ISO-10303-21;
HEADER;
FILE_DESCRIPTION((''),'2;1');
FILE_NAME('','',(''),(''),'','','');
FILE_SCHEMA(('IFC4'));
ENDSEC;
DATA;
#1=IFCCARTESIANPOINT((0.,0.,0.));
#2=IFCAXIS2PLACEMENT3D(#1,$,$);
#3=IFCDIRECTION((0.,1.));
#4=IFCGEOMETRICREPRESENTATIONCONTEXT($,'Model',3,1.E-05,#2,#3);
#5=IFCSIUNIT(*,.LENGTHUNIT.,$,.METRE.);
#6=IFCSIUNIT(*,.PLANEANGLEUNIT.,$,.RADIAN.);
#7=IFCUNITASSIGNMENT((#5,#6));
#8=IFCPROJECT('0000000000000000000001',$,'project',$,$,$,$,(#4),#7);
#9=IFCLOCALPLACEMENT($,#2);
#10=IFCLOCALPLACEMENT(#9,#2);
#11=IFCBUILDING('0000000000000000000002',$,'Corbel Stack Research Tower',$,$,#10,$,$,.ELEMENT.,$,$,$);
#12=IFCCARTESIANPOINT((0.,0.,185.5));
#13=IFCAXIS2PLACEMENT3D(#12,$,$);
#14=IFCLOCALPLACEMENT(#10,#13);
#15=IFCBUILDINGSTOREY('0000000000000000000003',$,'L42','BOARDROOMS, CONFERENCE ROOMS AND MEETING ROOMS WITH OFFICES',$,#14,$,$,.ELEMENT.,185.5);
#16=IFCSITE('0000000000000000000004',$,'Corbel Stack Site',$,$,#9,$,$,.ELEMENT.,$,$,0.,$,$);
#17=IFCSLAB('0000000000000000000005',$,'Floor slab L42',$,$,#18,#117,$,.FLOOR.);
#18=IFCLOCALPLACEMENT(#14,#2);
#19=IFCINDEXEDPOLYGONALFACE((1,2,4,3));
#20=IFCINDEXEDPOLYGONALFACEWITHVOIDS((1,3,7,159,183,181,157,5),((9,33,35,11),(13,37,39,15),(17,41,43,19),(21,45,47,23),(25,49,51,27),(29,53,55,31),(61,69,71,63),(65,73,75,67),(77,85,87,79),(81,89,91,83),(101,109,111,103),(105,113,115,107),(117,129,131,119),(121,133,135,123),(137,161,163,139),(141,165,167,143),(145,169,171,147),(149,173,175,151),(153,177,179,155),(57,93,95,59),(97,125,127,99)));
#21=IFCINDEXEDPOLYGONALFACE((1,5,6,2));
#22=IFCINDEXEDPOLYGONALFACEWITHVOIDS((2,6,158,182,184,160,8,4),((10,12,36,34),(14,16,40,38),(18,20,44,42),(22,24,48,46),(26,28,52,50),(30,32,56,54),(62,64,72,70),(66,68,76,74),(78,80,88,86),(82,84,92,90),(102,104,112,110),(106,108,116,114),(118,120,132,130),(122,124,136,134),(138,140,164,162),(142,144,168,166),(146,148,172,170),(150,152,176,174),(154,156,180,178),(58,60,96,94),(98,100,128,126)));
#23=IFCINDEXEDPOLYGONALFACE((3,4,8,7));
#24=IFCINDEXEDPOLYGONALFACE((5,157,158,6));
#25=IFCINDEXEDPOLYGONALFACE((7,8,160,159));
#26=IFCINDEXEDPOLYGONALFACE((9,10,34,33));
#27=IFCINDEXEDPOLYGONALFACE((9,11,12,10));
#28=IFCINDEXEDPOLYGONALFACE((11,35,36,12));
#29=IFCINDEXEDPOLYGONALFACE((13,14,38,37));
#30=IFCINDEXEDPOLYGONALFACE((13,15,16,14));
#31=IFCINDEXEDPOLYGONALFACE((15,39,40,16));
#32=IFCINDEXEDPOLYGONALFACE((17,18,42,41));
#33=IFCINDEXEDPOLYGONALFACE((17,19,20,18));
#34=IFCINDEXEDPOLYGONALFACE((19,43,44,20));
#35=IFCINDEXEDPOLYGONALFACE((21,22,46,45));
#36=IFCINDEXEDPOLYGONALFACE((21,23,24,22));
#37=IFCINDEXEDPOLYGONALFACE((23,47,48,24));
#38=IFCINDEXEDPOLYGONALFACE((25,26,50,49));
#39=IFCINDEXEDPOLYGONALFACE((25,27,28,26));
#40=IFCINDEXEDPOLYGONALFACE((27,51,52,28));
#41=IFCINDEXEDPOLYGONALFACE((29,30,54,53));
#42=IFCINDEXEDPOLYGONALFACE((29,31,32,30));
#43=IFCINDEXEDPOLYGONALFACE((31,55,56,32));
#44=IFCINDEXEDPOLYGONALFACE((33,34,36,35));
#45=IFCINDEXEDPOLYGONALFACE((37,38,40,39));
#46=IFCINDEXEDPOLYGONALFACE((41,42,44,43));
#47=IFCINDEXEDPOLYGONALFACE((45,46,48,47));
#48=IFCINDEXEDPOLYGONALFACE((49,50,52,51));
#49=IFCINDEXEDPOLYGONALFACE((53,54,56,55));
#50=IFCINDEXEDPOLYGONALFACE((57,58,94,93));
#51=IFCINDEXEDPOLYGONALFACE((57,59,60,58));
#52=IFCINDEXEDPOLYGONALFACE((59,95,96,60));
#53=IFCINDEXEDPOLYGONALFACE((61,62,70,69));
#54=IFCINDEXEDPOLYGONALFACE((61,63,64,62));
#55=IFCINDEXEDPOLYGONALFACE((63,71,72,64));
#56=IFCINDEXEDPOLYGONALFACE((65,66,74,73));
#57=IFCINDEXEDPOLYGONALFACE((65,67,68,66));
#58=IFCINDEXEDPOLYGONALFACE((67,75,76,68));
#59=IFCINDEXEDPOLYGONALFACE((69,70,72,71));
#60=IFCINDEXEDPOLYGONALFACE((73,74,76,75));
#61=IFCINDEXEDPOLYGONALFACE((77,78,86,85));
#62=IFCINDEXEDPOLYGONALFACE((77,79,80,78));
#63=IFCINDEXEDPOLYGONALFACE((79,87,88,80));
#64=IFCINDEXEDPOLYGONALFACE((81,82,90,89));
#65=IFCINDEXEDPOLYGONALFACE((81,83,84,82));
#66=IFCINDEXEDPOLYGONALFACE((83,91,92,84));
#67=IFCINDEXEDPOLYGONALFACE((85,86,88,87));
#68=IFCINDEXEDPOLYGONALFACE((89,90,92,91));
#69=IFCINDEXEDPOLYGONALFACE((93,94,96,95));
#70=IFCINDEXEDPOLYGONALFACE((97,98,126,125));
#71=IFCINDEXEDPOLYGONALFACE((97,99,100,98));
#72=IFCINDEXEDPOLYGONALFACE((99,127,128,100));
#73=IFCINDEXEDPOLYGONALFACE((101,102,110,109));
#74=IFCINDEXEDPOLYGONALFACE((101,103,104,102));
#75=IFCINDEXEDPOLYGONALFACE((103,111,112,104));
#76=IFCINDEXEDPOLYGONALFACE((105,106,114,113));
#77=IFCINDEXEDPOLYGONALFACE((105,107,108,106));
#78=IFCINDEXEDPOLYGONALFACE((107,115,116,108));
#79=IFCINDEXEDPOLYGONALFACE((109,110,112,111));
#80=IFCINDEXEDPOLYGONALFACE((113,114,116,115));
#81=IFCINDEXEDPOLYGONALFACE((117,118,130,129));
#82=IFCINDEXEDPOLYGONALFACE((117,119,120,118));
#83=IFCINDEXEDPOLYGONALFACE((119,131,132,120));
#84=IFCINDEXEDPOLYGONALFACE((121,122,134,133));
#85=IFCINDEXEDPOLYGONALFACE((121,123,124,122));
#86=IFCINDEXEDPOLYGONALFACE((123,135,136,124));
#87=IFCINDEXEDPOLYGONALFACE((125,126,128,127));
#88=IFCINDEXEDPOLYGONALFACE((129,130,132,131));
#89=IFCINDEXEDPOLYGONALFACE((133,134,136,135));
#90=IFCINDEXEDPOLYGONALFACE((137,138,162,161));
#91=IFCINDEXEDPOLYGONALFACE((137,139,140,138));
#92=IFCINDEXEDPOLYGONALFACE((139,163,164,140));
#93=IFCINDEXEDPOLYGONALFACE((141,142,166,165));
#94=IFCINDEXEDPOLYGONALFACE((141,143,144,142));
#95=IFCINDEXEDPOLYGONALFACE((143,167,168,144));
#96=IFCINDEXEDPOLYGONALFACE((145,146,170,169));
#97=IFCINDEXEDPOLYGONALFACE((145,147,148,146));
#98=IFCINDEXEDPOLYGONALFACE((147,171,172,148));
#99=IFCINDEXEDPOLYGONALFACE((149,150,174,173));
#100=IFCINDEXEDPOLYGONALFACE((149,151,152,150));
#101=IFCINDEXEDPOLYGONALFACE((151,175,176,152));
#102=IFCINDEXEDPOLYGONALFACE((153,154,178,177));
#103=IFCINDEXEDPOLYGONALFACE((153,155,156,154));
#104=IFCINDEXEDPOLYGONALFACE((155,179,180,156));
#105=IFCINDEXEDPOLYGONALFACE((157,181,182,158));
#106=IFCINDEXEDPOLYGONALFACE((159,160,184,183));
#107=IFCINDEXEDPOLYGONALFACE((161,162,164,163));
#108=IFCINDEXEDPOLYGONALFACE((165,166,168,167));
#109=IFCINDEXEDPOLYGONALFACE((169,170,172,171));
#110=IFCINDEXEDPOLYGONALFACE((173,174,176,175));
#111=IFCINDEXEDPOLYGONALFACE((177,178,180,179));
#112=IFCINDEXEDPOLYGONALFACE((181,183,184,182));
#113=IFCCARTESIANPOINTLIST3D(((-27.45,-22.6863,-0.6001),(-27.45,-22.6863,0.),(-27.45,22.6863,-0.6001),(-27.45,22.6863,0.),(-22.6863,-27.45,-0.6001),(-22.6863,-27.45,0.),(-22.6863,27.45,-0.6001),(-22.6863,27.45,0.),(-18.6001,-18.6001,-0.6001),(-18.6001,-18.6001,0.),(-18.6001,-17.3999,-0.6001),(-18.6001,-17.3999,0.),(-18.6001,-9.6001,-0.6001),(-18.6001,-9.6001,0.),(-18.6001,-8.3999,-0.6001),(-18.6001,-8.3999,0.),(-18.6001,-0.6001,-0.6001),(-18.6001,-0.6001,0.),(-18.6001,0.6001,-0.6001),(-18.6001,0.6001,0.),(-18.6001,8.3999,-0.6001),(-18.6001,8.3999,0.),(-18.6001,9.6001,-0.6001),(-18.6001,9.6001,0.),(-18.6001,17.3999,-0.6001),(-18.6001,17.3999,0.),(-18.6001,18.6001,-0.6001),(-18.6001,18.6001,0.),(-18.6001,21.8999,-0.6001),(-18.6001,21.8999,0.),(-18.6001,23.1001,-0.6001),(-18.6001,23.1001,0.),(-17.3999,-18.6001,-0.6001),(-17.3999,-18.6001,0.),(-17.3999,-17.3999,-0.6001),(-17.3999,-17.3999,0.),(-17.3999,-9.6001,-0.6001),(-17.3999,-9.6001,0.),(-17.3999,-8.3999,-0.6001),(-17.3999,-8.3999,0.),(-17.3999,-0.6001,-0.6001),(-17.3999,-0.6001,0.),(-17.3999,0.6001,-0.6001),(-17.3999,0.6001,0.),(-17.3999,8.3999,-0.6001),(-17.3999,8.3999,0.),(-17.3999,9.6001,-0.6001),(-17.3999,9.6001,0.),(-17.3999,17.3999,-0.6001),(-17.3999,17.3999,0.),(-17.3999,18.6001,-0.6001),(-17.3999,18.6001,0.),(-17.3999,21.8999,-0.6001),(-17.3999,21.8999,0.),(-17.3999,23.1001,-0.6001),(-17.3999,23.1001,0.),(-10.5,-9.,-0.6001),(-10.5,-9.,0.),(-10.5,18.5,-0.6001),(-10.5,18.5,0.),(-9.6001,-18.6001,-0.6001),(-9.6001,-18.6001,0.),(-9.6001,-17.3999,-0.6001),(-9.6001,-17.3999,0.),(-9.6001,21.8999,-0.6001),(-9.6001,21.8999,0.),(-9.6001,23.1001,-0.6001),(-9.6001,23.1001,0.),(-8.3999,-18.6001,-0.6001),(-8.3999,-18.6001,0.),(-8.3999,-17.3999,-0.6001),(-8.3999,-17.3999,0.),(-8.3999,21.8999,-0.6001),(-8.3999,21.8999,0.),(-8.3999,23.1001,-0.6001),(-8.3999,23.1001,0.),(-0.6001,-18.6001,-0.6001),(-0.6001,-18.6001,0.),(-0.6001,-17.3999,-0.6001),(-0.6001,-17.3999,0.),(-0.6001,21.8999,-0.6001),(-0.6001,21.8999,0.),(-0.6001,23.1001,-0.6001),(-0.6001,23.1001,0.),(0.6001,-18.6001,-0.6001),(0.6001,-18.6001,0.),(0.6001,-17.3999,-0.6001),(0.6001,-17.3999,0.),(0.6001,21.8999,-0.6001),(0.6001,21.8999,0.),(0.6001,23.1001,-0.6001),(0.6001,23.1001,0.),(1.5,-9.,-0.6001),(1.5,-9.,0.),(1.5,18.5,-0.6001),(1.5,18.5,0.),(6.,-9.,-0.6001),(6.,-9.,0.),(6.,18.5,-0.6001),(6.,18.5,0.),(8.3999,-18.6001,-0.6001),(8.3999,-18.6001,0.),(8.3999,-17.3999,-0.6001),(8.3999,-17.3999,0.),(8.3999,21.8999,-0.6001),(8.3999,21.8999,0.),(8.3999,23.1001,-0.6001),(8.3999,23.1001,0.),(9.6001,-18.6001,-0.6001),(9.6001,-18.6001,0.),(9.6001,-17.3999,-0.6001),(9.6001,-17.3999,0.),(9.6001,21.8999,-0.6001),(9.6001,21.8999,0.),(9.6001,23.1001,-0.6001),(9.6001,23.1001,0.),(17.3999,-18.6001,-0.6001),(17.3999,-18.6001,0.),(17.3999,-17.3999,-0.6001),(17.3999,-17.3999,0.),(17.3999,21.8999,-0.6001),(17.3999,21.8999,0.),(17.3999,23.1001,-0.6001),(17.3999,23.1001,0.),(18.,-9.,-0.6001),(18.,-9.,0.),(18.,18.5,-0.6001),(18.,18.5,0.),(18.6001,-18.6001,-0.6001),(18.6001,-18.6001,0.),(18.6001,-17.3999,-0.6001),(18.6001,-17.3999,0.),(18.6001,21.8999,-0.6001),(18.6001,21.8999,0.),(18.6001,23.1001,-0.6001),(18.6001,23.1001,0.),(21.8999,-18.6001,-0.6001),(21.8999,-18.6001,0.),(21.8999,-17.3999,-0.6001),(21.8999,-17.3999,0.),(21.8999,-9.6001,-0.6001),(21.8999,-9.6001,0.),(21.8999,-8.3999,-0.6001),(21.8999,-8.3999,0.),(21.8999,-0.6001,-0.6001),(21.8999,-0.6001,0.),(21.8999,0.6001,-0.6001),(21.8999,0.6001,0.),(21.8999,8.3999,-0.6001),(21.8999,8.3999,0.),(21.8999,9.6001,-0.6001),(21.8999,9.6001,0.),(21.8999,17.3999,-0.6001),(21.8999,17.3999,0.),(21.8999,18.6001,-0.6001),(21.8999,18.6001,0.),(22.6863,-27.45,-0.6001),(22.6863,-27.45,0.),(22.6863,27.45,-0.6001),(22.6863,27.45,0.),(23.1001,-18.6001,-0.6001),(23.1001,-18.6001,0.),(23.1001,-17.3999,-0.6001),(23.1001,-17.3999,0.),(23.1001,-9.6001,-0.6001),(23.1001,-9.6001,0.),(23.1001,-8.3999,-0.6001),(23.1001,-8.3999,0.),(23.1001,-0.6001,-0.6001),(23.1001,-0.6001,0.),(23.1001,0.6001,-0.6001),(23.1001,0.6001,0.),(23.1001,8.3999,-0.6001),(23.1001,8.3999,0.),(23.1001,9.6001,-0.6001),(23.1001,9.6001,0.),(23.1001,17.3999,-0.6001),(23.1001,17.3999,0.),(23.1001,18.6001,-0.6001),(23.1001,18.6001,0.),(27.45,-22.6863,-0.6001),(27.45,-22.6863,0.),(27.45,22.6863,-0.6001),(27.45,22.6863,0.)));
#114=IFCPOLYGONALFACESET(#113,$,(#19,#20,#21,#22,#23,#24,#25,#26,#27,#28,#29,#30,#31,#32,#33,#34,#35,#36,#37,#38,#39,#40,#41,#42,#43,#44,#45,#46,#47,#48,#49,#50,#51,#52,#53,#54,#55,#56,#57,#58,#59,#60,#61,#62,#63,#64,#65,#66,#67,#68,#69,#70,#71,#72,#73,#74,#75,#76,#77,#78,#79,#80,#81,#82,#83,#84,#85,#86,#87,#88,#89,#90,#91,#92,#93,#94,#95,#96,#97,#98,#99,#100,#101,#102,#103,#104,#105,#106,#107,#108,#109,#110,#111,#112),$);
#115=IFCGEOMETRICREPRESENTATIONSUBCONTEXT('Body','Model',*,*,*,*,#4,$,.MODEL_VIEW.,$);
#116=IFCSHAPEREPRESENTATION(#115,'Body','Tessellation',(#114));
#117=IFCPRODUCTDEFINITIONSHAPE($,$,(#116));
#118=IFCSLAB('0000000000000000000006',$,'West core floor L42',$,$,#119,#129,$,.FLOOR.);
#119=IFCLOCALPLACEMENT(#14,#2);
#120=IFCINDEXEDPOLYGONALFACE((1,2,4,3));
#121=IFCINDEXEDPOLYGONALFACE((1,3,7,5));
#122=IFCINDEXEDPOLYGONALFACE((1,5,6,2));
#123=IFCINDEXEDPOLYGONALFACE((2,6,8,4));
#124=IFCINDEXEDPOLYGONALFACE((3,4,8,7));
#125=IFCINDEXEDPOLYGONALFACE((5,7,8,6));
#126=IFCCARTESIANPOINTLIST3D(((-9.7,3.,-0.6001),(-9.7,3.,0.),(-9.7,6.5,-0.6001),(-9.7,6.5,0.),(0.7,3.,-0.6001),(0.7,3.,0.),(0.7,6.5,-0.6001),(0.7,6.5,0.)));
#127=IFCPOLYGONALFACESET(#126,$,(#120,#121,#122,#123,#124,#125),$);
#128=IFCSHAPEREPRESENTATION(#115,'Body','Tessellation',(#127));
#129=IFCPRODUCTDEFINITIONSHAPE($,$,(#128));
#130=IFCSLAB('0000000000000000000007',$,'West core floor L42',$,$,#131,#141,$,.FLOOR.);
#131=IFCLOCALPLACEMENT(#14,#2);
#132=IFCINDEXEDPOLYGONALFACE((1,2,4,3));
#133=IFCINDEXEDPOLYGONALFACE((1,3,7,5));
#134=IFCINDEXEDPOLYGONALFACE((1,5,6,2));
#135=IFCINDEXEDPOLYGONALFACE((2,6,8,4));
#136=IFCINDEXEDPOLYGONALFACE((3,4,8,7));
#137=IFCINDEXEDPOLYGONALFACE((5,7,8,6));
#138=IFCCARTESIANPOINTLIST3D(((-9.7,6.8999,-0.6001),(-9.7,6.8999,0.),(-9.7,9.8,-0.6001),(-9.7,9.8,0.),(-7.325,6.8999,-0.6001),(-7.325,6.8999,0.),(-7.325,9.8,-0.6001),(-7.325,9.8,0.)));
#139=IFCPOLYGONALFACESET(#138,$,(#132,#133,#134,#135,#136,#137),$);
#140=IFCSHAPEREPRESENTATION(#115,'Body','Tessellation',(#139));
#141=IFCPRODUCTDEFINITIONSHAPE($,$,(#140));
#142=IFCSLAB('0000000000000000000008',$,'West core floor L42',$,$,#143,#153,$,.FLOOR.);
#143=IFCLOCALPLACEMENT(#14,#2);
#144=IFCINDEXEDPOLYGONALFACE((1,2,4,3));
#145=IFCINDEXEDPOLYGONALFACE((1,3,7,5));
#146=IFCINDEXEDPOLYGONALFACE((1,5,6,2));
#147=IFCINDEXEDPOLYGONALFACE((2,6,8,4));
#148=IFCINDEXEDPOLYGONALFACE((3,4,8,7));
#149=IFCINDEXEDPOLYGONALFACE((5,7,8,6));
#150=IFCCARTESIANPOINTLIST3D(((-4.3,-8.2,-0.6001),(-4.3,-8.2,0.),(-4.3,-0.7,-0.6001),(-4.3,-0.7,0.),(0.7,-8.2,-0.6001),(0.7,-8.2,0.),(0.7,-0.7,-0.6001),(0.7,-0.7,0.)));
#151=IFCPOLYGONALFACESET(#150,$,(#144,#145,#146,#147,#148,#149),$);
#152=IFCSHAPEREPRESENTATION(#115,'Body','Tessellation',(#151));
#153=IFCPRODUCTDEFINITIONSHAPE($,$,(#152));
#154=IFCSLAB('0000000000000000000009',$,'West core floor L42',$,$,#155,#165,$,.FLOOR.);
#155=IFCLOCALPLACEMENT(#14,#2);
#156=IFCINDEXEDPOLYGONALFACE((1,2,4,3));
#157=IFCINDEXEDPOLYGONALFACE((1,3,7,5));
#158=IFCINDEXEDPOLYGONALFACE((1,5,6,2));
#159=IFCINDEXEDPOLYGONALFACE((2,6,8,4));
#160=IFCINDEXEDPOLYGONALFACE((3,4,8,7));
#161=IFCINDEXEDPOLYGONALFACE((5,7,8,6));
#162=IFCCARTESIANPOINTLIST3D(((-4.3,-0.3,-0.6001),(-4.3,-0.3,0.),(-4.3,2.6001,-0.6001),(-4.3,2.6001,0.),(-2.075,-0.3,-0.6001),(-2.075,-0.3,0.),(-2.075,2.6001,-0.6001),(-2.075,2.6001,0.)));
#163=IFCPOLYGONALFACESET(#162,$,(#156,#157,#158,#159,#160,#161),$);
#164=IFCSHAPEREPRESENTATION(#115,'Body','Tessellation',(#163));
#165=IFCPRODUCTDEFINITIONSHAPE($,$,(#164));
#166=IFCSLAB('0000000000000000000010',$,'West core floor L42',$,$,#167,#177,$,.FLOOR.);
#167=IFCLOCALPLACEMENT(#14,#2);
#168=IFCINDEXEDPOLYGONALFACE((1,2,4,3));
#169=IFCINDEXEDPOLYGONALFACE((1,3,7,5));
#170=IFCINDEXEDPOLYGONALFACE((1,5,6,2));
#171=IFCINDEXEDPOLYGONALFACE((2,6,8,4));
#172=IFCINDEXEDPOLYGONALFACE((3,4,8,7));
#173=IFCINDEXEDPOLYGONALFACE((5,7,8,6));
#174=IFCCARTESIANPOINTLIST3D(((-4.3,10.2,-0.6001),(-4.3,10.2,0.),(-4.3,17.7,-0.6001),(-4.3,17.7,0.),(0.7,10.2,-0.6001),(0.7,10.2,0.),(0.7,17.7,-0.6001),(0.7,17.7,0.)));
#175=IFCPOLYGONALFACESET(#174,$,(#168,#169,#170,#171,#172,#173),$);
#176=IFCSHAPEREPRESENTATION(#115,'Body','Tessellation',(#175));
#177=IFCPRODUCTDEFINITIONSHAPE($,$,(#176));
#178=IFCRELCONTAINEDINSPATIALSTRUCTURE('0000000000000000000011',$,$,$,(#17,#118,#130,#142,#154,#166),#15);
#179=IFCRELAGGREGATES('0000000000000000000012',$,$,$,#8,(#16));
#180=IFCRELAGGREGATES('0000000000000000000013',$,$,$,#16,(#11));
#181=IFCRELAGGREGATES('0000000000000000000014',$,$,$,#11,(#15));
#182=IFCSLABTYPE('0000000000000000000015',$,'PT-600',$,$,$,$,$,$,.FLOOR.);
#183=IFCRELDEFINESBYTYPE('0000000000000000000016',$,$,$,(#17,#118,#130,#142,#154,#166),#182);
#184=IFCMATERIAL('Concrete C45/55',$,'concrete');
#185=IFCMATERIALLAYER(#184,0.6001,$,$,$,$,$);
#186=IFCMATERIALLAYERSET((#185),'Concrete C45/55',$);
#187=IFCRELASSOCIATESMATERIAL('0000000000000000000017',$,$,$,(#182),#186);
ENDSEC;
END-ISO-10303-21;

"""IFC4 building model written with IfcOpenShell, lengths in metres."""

from ifc_helpers import new_model, si_unit, direction, frame, origin, place, context, subcontext, project, spatial, polyline, outline, extrude, material, layer, layer_set, type_object, element, save


model = new_model("IFC4")

# Units and contexts
model_context = context("Model", 3, precision=1e-05, world=origin(), true_north=direction((0.0, 1.0)))
body_context = subcontext(model_context, "Body", "Model", "MODEL_VIEW")
ifc_project = project(units=[si_unit("LENGTHUNIT", "METRE"), si_unit("PLANEANGLEUNIT", "RADIAN")], contexts=[model_context])

# Site, building, storey
site_placement = place(None, origin())
site = spatial("IfcSite", under=ifc_project, at=site_placement, Name="Corbel Stack Site", CompositionType="ELEMENT", RefElevation=0.0)
building_placement = place(site_placement, origin())
building = spatial("IfcBuilding", under=site, at=building_placement, Name="Corbel Stack Research Tower", CompositionType="ELEMENT")
storey_placement = place(building_placement, frame((0.0, 0.0, 185.5)))
storey = spatial("IfcBuildingStorey", under=building, at=storey_placement, Name="L42", Description="BOARDROOMS, CONFERENCE ROOMS AND MEETING ROOMS WITH OFFICES", CompositionType="ELEMENT", Elevation=185.5)

# Slabs
ifc_material_1 = material(Name="Concrete C45/55", Category="concrete")
ifc_layer_1 = layer(ifc_material_1, 0.6001)
ifc_layer_set_1 = layer_set([ifc_layer_1], Name="Concrete C45/55")
slab_type = type_object("IfcSlabType", Name="PT-600", PredefinedType="FLOOR", material=ifc_layer_set_1)
slab_1_placement = place(storey_placement, frame((0.0, 0.0, -0.6001)))
element("IfcSlab", 1, at=slab_1_placement, inside=storey, type_object=slab_type, Name="Floor slab L42", PredefinedType="FLOOR", context=body_context, shape_type="SweptSolid", body=[
    extrude(outline(polyline([(-22.6863, -27.45), (22.6863, -27.45), (27.45, -22.6863), (27.45, 22.6863), (22.6863, 27.45), (-22.6863, 27.45), (-27.45, 22.6863), (-27.45, -22.6863), (-22.6863, -27.45)]), holes=[polyline([(23.1001, 17.3999), (21.8999, 17.3999), (21.8999, 18.6001), (23.1001, 18.6001), (23.1001, 17.3999)]), polyline([(21.8999, 8.3999), (21.8999, 9.6001), (23.1001, 9.6001), (23.1001, 8.3999), (21.8999, 8.3999)]), polyline([(23.1001, -0.6001), (21.8999, -0.6001), (21.8999, 0.6001), (23.1001, 0.6001), (23.1001, -0.6001)]), polyline([(21.8999, -9.6001), (21.8999, -8.3999), (23.1001, -8.3999), (23.1001, -9.6001), (21.8999, -9.6001)]), polyline([(21.8999, -18.6001), (21.8999, -17.3999), (23.1001, -17.3999), (23.1001, -18.6001), (21.8999, -18.6001)]), polyline([(17.3999, 21.8999), (17.3999, 23.1001), (18.6001, 23.1001), (18.6001, 21.8999), (17.3999, 21.8999)]), polyline([(18.6001, -18.6001), (17.3999, -18.6001), (17.3999, -17.3999), (18.6001, -17.3999), (18.6001, -18.6001)]), polyline([(6.0, -9.0), (6.0, 18.5), (18.0, 18.5), (18.0, -9.0), (6.0, -9.0)]), polyline([(8.3999, 21.8999), (8.3999, 23.1001), (9.6001, 23.1001), (9.6001, 21.8999), (8.3999, 21.8999)]), polyline([(9.6001, -18.6001), (8.3999, -18.6001), (8.3999, -17.3999), (9.6001, -17.3999), (9.6001, -18.6001)]), polyline([(1.5, -9.0), (-10.5, -9.0), (-10.5, 18.5), (1.5, 18.5), (1.5, -9.0)]), polyline([(0.6001, 21.8999), (-0.6001, 21.8999), (-0.6001, 23.1001), (0.6001, 23.1001), (0.6001, 21.8999)]), polyline([(0.6001, -18.6001), (-0.6001, -18.6001), (-0.6001, -17.3999), (0.6001, -17.3999), (0.6001, -18.6001)]), polyline([(-9.6001, 21.8999), (-9.6001, 23.1001), (-8.3999, 23.1001), (-8.3999, 21.8999), (-9.6001, 21.8999)]), polyline([(-8.3999, -18.6001), (-9.6001, -18.6001), (-9.6001, -17.3999), (-8.3999, -17.3999), (-8.3999, -18.6001)]), polyline([(-18.6001, 21.8999), (-18.6001, 23.1001), (-17.3999, 23.1001), (-17.3999, 21.8999), (-18.6001, 21.8999)]), polyline([(-17.3999, 17.3999), (-18.6001, 17.3999), (-18.6001, 18.6001), (-17.3999, 18.6001), (-17.3999, 17.3999)]), polyline([(-17.3999, 8.3999), (-18.6001, 8.3999), (-18.6001, 9.6001), (-17.3999, 9.6001), (-17.3999, 8.3999)]), polyline([(-18.6001, -0.6001), (-18.6001, 0.6001), (-17.3999, 0.6001), (-17.3999, -0.6001), (-18.6001, -0.6001)]), polyline([(-18.6001, -9.6001), (-18.6001, -8.3999), (-17.3999, -8.3999), (-17.3999, -9.6001), (-18.6001, -9.6001)]), polyline([(-17.3999, -18.6001), (-18.6001, -18.6001), (-18.6001, -17.3999), (-17.3999, -17.3999), (-17.3999, -18.6001)])]), origin(), (0.0, 0.0, 1.0), 0.6001),
])
slab_2_placement = place(storey_placement, frame((0.0, 0.0, -0.6001)))
element("IfcSlab", 2, at=slab_2_placement, inside=storey, type_object=slab_type, Name="West core floor L42", PredefinedType="FLOOR", context=body_context, shape_type="SweptSolid", body=[
    extrude(outline(polyline([(0.7, 6.5), (-9.7, 6.5), (-9.7, 3.0), (0.7, 3.0), (0.7, 6.5)])), origin(), (0.0, 0.0, 1.0), 0.6001),
])
slab_3_placement = place(storey_placement, frame((0.0, 0.0, -0.6001)))
element("IfcSlab", 3, at=slab_3_placement, inside=storey, type_object=slab_type, Name="West core floor L42", PredefinedType="FLOOR", context=body_context, shape_type="SweptSolid", body=[
    extrude(outline(polyline([(-9.7, 6.8999), (-7.325, 6.8999), (-7.325, 9.8), (-9.7, 9.8), (-9.7, 6.8999)])), origin(), (0.0, 0.0, 1.0), 0.6001),
])
slab_4_placement = place(storey_placement, frame((0.0, 0.0, -0.6001)))
element("IfcSlab", 4, at=slab_4_placement, inside=storey, type_object=slab_type, Name="West core floor L42", PredefinedType="FLOOR", context=body_context, shape_type="SweptSolid", body=[
    extrude(outline(polyline([(-4.3, -0.7), (-4.3, -8.2), (0.7, -8.2), (0.7, -0.7), (-4.3, -0.7)])), origin(), (0.0, 0.0, 1.0), 0.6001),
])
slab_5_placement = place(storey_placement, frame((0.0, 0.0, -0.6001)))
element("IfcSlab", 5, at=slab_5_placement, inside=storey, type_object=slab_type, Name="West core floor L42", PredefinedType="FLOOR", context=body_context, shape_type="SweptSolid", body=[
    extrude(outline(polyline([(-2.075, -0.3), (-2.075, 2.6001), (-4.3, 2.6001), (-4.3, -0.3), (-2.075, -0.3)])), origin(), (0.0, 0.0, 1.0), 0.6001),
])
slab_6_placement = place(storey_placement, frame((0.0, 0.0, -0.6001)))
element("IfcSlab", 6, at=slab_6_placement, inside=storey, type_object=slab_type, Name="West core floor L42", PredefinedType="FLOOR", context=body_context, shape_type="SweptSolid", body=[
    extrude(outline(polyline([(0.7, 17.7), (-4.3, 17.7), (-4.3, 10.2), (0.7, 10.2), (0.7, 17.7)])), origin(), (0.0, 0.0, 1.0), 0.6001),
])

save(model, "model.ifc")
